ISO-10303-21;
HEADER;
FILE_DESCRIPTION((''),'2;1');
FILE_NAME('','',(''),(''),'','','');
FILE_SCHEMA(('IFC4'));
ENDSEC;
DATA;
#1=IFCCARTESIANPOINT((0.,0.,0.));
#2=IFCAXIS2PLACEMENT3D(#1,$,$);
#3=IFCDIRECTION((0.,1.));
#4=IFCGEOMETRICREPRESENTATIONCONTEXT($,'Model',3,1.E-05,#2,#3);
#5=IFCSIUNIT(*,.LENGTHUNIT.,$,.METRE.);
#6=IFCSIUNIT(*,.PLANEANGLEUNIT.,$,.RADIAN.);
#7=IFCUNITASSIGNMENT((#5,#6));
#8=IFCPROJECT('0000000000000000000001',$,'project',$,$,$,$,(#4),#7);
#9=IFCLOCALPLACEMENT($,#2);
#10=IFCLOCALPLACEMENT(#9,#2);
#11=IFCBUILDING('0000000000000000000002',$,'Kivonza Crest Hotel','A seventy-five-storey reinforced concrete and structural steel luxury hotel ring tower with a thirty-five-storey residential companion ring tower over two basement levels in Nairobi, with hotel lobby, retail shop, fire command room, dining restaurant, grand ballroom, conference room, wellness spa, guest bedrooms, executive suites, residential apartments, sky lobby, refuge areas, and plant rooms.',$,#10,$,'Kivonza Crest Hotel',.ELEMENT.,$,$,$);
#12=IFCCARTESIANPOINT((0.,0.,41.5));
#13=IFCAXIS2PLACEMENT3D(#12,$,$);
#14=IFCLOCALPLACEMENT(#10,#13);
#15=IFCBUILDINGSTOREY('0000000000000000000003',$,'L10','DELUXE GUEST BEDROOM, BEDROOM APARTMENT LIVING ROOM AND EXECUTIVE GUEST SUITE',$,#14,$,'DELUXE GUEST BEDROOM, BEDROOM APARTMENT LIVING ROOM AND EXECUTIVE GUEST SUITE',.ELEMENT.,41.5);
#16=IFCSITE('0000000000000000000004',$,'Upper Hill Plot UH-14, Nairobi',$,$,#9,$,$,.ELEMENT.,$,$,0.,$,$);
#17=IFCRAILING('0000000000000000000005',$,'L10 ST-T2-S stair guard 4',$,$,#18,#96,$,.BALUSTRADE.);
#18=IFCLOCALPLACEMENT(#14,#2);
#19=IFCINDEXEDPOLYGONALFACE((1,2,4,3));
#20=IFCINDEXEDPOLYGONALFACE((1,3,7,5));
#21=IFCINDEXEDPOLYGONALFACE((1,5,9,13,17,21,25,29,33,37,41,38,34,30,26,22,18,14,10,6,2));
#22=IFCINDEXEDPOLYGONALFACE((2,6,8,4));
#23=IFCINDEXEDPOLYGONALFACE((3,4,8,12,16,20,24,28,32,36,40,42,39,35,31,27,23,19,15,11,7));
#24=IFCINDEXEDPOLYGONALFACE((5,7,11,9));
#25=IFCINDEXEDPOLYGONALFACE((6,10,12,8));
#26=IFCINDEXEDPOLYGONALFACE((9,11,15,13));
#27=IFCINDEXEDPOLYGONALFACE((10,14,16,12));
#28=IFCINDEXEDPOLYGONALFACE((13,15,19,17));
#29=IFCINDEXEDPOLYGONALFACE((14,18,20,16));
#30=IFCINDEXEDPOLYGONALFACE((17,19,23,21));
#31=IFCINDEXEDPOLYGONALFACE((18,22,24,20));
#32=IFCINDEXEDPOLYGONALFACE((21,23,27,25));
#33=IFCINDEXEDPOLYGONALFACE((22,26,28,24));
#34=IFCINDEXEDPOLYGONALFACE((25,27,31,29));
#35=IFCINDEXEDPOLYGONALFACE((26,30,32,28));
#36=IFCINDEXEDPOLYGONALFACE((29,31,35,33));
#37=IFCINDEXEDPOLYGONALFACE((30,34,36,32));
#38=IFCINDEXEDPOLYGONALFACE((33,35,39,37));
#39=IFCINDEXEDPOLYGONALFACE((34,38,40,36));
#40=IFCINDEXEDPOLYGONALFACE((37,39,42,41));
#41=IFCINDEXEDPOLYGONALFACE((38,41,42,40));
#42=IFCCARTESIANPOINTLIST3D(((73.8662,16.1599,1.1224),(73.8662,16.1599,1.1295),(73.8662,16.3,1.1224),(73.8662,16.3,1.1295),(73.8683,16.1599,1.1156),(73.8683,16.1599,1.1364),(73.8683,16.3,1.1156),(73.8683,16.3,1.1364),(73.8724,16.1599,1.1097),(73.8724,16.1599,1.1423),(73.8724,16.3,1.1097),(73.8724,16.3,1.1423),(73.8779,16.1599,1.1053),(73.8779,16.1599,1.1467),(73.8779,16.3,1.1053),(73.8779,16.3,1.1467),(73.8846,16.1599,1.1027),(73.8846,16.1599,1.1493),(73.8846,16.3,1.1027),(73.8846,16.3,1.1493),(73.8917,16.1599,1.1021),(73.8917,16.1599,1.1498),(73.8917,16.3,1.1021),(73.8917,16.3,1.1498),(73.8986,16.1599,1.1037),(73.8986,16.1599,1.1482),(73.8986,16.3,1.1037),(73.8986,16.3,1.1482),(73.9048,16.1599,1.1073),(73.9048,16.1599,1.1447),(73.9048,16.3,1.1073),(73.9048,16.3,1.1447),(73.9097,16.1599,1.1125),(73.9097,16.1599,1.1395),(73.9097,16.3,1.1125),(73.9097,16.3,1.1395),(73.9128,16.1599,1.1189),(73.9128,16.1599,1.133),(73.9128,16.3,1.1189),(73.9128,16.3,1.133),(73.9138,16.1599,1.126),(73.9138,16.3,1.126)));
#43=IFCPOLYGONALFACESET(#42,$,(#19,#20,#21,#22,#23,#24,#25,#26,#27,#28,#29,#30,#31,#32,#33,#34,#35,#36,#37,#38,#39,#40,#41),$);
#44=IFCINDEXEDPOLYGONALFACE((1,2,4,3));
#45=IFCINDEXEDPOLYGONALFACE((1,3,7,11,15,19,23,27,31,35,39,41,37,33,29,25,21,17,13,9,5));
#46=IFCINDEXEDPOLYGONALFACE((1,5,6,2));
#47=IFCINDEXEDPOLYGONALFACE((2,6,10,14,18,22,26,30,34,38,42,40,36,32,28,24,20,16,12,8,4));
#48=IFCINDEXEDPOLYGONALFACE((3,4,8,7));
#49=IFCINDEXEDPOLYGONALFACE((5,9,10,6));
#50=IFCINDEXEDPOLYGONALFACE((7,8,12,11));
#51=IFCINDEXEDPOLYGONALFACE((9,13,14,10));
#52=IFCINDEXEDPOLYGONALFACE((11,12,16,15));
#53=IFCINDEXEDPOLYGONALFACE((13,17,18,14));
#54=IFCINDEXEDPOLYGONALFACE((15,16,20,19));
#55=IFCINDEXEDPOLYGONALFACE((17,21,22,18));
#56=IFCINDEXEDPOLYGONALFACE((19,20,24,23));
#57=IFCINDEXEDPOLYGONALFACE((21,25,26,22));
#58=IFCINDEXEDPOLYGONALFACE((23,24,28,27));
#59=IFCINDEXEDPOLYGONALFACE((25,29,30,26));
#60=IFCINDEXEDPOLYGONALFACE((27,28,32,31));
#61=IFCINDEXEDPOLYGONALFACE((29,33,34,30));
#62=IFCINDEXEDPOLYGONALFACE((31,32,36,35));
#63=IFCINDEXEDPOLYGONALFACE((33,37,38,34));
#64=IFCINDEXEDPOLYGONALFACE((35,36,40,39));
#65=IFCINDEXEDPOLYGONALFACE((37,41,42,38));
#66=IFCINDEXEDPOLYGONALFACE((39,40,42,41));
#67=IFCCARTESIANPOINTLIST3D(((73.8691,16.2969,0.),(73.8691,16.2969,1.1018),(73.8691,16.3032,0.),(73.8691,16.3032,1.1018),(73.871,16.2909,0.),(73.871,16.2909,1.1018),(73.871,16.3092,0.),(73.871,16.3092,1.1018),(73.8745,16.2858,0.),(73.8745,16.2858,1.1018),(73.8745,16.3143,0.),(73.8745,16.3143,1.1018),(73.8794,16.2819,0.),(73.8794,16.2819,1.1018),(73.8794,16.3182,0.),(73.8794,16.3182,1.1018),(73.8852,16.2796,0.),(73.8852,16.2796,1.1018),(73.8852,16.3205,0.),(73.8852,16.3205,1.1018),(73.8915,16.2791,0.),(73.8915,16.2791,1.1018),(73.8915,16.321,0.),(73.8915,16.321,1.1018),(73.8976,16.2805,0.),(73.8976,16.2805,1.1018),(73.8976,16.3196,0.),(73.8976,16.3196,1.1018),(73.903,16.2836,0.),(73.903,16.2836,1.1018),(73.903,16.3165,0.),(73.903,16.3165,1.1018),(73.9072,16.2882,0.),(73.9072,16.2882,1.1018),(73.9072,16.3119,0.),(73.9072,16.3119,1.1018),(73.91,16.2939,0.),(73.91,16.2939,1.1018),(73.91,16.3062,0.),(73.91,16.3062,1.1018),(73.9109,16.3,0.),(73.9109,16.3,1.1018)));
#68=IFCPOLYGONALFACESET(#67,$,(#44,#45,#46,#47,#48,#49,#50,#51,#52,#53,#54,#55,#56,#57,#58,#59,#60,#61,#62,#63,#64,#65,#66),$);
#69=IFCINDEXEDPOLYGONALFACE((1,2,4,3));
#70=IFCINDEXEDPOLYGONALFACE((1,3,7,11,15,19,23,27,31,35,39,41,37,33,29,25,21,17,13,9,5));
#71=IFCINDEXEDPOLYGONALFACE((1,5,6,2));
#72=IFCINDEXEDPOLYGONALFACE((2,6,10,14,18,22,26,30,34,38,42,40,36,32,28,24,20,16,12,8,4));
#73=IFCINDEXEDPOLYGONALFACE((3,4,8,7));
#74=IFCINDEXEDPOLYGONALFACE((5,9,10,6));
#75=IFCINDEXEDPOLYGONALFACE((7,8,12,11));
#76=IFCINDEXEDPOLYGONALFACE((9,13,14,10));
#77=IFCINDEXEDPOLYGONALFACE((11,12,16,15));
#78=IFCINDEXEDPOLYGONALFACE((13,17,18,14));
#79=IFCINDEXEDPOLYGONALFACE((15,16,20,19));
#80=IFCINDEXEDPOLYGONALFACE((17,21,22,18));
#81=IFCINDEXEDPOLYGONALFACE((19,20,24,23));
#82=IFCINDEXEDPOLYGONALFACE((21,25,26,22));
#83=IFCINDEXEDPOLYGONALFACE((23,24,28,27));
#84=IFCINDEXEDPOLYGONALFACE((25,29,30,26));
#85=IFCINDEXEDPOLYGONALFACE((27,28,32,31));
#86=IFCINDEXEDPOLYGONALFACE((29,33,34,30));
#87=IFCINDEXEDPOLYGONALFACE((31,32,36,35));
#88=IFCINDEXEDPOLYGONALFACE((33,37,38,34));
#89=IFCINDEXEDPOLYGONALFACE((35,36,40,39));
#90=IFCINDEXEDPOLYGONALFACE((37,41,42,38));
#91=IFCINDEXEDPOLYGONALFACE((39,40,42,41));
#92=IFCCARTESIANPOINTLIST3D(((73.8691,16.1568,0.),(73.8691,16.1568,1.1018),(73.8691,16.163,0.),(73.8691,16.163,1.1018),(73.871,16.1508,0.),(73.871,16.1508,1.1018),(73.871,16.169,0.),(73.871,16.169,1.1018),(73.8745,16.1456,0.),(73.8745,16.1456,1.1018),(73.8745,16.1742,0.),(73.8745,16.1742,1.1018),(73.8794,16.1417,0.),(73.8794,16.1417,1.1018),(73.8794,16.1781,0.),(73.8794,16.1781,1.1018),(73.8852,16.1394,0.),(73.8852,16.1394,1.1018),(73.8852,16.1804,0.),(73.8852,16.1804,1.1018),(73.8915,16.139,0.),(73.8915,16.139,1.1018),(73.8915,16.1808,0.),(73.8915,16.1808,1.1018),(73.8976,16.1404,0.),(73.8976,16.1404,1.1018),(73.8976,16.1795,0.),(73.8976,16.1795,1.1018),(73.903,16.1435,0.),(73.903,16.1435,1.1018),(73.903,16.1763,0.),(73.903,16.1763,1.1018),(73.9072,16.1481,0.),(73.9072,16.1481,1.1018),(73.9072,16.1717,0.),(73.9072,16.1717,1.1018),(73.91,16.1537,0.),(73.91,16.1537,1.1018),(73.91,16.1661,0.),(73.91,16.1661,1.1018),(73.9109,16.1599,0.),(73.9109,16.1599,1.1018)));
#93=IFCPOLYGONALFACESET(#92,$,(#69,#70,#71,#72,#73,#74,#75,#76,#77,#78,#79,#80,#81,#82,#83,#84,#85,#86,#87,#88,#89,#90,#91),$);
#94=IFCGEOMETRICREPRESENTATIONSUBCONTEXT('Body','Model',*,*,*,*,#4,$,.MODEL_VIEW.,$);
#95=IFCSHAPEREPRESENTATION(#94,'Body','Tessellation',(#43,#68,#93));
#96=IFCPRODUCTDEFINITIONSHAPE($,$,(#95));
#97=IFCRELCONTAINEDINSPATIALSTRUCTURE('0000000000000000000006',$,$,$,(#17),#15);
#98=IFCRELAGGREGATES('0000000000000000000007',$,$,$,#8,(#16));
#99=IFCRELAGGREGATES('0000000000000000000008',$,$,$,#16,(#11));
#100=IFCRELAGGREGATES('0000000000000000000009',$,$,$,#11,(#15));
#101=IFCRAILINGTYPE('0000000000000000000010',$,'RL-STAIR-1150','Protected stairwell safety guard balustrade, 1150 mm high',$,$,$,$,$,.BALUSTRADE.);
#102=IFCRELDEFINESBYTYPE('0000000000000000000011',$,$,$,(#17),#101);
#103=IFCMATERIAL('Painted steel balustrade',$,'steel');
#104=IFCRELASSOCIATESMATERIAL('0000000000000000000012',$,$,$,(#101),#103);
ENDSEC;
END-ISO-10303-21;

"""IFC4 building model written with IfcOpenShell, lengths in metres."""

from ifc_helpers import new_model, si_unit, direction, frame, origin, origin_2d, place, context, subcontext, project, spatial, circle, extrude, material, type_object, element, save


model = new_model("IFC4")

# Units and contexts
model_context = context("Model", 3, precision=1e-05, world=origin(), true_north=direction((0.0, 1.0)))
body_context = subcontext(model_context, "Body", "Model", "MODEL_VIEW")
ifc_project = project(units=[si_unit("LENGTHUNIT", "METRE"), si_unit("PLANEANGLEUNIT", "RADIAN")], contexts=[model_context])

# Site, building, storey
site_placement = place(None, origin())
site = spatial("IfcSite", under=ifc_project, at=site_placement, Name="Upper Hill Plot UH-14, Nairobi", CompositionType="ELEMENT", RefElevation=0.0)
building_placement = place(site_placement, origin())
building = spatial("IfcBuilding", under=site, at=building_placement, Name="Kivonza Crest Hotel", Description="A seventy-five-storey reinforced concrete and structural steel luxury hotel ring tower with a thirty-five-storey residential companion ring tower over two basement levels in Nairobi, with hotel lobby, retail shop, fire command room, dining restaurant, grand ballroom, conference room, wellness spa, guest bedrooms, executive suites, residential apartments, sky lobby, refuge areas, and plant rooms.", LongName="Kivonza Crest Hotel", CompositionType="ELEMENT")
storey_placement = place(building_placement, frame((0.0, 0.0, 41.5)))
storey = spatial("IfcBuildingStorey", under=building, at=storey_placement, Name="L10", Description="DELUXE GUEST BEDROOM, BEDROOM APARTMENT LIVING ROOM AND EXECUTIVE GUEST SUITE", LongName="DELUXE GUEST BEDROOM, BEDROOM APARTMENT LIVING ROOM AND EXECUTIVE GUEST SUITE", CompositionType="ELEMENT", Elevation=41.5)

# Railing
ifc_material_1 = material(Name="Painted steel balustrade", Category="steel")
railing_type_1 = type_object("IfcRailingType", Name="RL-STAIR-1150", Description="Protected stairwell safety guard balustrade, 1150 mm high", PredefinedType="BALUSTRADE", material=ifc_material_1)
railing_1_placement = place(storey_placement, frame((73.8899, 16.3, 0.0)))
element("IfcRailing", 1, at=railing_1_placement, inside=storey, type_object=railing_type_1, Name="L10 ST-T2-S stair guard 4", PredefinedType="BALUSTRADE", context=body_context, shape_type="SweptSolid", body=[
    extrude(circle(Radius=0.0239, at=origin_2d()), frame((0.0, 0.0, 1.126), z_axis=(0.0, -1.0, 0.0), x_axis=(1.0, 0.0, 0.0)), (0.0, 0.0, 1.0), 0.1401),
    extrude(circle(Radius=0.021, at=origin_2d()), origin(), (0.0, 0.0, 1.0), 1.1018),
    extrude(circle(Radius=0.021, at=origin_2d()), frame((0.0, -0.1401, 0.0)), (0.0, 0.0, 1.0), 1.1018),
])

save(model, "model.ifc")
